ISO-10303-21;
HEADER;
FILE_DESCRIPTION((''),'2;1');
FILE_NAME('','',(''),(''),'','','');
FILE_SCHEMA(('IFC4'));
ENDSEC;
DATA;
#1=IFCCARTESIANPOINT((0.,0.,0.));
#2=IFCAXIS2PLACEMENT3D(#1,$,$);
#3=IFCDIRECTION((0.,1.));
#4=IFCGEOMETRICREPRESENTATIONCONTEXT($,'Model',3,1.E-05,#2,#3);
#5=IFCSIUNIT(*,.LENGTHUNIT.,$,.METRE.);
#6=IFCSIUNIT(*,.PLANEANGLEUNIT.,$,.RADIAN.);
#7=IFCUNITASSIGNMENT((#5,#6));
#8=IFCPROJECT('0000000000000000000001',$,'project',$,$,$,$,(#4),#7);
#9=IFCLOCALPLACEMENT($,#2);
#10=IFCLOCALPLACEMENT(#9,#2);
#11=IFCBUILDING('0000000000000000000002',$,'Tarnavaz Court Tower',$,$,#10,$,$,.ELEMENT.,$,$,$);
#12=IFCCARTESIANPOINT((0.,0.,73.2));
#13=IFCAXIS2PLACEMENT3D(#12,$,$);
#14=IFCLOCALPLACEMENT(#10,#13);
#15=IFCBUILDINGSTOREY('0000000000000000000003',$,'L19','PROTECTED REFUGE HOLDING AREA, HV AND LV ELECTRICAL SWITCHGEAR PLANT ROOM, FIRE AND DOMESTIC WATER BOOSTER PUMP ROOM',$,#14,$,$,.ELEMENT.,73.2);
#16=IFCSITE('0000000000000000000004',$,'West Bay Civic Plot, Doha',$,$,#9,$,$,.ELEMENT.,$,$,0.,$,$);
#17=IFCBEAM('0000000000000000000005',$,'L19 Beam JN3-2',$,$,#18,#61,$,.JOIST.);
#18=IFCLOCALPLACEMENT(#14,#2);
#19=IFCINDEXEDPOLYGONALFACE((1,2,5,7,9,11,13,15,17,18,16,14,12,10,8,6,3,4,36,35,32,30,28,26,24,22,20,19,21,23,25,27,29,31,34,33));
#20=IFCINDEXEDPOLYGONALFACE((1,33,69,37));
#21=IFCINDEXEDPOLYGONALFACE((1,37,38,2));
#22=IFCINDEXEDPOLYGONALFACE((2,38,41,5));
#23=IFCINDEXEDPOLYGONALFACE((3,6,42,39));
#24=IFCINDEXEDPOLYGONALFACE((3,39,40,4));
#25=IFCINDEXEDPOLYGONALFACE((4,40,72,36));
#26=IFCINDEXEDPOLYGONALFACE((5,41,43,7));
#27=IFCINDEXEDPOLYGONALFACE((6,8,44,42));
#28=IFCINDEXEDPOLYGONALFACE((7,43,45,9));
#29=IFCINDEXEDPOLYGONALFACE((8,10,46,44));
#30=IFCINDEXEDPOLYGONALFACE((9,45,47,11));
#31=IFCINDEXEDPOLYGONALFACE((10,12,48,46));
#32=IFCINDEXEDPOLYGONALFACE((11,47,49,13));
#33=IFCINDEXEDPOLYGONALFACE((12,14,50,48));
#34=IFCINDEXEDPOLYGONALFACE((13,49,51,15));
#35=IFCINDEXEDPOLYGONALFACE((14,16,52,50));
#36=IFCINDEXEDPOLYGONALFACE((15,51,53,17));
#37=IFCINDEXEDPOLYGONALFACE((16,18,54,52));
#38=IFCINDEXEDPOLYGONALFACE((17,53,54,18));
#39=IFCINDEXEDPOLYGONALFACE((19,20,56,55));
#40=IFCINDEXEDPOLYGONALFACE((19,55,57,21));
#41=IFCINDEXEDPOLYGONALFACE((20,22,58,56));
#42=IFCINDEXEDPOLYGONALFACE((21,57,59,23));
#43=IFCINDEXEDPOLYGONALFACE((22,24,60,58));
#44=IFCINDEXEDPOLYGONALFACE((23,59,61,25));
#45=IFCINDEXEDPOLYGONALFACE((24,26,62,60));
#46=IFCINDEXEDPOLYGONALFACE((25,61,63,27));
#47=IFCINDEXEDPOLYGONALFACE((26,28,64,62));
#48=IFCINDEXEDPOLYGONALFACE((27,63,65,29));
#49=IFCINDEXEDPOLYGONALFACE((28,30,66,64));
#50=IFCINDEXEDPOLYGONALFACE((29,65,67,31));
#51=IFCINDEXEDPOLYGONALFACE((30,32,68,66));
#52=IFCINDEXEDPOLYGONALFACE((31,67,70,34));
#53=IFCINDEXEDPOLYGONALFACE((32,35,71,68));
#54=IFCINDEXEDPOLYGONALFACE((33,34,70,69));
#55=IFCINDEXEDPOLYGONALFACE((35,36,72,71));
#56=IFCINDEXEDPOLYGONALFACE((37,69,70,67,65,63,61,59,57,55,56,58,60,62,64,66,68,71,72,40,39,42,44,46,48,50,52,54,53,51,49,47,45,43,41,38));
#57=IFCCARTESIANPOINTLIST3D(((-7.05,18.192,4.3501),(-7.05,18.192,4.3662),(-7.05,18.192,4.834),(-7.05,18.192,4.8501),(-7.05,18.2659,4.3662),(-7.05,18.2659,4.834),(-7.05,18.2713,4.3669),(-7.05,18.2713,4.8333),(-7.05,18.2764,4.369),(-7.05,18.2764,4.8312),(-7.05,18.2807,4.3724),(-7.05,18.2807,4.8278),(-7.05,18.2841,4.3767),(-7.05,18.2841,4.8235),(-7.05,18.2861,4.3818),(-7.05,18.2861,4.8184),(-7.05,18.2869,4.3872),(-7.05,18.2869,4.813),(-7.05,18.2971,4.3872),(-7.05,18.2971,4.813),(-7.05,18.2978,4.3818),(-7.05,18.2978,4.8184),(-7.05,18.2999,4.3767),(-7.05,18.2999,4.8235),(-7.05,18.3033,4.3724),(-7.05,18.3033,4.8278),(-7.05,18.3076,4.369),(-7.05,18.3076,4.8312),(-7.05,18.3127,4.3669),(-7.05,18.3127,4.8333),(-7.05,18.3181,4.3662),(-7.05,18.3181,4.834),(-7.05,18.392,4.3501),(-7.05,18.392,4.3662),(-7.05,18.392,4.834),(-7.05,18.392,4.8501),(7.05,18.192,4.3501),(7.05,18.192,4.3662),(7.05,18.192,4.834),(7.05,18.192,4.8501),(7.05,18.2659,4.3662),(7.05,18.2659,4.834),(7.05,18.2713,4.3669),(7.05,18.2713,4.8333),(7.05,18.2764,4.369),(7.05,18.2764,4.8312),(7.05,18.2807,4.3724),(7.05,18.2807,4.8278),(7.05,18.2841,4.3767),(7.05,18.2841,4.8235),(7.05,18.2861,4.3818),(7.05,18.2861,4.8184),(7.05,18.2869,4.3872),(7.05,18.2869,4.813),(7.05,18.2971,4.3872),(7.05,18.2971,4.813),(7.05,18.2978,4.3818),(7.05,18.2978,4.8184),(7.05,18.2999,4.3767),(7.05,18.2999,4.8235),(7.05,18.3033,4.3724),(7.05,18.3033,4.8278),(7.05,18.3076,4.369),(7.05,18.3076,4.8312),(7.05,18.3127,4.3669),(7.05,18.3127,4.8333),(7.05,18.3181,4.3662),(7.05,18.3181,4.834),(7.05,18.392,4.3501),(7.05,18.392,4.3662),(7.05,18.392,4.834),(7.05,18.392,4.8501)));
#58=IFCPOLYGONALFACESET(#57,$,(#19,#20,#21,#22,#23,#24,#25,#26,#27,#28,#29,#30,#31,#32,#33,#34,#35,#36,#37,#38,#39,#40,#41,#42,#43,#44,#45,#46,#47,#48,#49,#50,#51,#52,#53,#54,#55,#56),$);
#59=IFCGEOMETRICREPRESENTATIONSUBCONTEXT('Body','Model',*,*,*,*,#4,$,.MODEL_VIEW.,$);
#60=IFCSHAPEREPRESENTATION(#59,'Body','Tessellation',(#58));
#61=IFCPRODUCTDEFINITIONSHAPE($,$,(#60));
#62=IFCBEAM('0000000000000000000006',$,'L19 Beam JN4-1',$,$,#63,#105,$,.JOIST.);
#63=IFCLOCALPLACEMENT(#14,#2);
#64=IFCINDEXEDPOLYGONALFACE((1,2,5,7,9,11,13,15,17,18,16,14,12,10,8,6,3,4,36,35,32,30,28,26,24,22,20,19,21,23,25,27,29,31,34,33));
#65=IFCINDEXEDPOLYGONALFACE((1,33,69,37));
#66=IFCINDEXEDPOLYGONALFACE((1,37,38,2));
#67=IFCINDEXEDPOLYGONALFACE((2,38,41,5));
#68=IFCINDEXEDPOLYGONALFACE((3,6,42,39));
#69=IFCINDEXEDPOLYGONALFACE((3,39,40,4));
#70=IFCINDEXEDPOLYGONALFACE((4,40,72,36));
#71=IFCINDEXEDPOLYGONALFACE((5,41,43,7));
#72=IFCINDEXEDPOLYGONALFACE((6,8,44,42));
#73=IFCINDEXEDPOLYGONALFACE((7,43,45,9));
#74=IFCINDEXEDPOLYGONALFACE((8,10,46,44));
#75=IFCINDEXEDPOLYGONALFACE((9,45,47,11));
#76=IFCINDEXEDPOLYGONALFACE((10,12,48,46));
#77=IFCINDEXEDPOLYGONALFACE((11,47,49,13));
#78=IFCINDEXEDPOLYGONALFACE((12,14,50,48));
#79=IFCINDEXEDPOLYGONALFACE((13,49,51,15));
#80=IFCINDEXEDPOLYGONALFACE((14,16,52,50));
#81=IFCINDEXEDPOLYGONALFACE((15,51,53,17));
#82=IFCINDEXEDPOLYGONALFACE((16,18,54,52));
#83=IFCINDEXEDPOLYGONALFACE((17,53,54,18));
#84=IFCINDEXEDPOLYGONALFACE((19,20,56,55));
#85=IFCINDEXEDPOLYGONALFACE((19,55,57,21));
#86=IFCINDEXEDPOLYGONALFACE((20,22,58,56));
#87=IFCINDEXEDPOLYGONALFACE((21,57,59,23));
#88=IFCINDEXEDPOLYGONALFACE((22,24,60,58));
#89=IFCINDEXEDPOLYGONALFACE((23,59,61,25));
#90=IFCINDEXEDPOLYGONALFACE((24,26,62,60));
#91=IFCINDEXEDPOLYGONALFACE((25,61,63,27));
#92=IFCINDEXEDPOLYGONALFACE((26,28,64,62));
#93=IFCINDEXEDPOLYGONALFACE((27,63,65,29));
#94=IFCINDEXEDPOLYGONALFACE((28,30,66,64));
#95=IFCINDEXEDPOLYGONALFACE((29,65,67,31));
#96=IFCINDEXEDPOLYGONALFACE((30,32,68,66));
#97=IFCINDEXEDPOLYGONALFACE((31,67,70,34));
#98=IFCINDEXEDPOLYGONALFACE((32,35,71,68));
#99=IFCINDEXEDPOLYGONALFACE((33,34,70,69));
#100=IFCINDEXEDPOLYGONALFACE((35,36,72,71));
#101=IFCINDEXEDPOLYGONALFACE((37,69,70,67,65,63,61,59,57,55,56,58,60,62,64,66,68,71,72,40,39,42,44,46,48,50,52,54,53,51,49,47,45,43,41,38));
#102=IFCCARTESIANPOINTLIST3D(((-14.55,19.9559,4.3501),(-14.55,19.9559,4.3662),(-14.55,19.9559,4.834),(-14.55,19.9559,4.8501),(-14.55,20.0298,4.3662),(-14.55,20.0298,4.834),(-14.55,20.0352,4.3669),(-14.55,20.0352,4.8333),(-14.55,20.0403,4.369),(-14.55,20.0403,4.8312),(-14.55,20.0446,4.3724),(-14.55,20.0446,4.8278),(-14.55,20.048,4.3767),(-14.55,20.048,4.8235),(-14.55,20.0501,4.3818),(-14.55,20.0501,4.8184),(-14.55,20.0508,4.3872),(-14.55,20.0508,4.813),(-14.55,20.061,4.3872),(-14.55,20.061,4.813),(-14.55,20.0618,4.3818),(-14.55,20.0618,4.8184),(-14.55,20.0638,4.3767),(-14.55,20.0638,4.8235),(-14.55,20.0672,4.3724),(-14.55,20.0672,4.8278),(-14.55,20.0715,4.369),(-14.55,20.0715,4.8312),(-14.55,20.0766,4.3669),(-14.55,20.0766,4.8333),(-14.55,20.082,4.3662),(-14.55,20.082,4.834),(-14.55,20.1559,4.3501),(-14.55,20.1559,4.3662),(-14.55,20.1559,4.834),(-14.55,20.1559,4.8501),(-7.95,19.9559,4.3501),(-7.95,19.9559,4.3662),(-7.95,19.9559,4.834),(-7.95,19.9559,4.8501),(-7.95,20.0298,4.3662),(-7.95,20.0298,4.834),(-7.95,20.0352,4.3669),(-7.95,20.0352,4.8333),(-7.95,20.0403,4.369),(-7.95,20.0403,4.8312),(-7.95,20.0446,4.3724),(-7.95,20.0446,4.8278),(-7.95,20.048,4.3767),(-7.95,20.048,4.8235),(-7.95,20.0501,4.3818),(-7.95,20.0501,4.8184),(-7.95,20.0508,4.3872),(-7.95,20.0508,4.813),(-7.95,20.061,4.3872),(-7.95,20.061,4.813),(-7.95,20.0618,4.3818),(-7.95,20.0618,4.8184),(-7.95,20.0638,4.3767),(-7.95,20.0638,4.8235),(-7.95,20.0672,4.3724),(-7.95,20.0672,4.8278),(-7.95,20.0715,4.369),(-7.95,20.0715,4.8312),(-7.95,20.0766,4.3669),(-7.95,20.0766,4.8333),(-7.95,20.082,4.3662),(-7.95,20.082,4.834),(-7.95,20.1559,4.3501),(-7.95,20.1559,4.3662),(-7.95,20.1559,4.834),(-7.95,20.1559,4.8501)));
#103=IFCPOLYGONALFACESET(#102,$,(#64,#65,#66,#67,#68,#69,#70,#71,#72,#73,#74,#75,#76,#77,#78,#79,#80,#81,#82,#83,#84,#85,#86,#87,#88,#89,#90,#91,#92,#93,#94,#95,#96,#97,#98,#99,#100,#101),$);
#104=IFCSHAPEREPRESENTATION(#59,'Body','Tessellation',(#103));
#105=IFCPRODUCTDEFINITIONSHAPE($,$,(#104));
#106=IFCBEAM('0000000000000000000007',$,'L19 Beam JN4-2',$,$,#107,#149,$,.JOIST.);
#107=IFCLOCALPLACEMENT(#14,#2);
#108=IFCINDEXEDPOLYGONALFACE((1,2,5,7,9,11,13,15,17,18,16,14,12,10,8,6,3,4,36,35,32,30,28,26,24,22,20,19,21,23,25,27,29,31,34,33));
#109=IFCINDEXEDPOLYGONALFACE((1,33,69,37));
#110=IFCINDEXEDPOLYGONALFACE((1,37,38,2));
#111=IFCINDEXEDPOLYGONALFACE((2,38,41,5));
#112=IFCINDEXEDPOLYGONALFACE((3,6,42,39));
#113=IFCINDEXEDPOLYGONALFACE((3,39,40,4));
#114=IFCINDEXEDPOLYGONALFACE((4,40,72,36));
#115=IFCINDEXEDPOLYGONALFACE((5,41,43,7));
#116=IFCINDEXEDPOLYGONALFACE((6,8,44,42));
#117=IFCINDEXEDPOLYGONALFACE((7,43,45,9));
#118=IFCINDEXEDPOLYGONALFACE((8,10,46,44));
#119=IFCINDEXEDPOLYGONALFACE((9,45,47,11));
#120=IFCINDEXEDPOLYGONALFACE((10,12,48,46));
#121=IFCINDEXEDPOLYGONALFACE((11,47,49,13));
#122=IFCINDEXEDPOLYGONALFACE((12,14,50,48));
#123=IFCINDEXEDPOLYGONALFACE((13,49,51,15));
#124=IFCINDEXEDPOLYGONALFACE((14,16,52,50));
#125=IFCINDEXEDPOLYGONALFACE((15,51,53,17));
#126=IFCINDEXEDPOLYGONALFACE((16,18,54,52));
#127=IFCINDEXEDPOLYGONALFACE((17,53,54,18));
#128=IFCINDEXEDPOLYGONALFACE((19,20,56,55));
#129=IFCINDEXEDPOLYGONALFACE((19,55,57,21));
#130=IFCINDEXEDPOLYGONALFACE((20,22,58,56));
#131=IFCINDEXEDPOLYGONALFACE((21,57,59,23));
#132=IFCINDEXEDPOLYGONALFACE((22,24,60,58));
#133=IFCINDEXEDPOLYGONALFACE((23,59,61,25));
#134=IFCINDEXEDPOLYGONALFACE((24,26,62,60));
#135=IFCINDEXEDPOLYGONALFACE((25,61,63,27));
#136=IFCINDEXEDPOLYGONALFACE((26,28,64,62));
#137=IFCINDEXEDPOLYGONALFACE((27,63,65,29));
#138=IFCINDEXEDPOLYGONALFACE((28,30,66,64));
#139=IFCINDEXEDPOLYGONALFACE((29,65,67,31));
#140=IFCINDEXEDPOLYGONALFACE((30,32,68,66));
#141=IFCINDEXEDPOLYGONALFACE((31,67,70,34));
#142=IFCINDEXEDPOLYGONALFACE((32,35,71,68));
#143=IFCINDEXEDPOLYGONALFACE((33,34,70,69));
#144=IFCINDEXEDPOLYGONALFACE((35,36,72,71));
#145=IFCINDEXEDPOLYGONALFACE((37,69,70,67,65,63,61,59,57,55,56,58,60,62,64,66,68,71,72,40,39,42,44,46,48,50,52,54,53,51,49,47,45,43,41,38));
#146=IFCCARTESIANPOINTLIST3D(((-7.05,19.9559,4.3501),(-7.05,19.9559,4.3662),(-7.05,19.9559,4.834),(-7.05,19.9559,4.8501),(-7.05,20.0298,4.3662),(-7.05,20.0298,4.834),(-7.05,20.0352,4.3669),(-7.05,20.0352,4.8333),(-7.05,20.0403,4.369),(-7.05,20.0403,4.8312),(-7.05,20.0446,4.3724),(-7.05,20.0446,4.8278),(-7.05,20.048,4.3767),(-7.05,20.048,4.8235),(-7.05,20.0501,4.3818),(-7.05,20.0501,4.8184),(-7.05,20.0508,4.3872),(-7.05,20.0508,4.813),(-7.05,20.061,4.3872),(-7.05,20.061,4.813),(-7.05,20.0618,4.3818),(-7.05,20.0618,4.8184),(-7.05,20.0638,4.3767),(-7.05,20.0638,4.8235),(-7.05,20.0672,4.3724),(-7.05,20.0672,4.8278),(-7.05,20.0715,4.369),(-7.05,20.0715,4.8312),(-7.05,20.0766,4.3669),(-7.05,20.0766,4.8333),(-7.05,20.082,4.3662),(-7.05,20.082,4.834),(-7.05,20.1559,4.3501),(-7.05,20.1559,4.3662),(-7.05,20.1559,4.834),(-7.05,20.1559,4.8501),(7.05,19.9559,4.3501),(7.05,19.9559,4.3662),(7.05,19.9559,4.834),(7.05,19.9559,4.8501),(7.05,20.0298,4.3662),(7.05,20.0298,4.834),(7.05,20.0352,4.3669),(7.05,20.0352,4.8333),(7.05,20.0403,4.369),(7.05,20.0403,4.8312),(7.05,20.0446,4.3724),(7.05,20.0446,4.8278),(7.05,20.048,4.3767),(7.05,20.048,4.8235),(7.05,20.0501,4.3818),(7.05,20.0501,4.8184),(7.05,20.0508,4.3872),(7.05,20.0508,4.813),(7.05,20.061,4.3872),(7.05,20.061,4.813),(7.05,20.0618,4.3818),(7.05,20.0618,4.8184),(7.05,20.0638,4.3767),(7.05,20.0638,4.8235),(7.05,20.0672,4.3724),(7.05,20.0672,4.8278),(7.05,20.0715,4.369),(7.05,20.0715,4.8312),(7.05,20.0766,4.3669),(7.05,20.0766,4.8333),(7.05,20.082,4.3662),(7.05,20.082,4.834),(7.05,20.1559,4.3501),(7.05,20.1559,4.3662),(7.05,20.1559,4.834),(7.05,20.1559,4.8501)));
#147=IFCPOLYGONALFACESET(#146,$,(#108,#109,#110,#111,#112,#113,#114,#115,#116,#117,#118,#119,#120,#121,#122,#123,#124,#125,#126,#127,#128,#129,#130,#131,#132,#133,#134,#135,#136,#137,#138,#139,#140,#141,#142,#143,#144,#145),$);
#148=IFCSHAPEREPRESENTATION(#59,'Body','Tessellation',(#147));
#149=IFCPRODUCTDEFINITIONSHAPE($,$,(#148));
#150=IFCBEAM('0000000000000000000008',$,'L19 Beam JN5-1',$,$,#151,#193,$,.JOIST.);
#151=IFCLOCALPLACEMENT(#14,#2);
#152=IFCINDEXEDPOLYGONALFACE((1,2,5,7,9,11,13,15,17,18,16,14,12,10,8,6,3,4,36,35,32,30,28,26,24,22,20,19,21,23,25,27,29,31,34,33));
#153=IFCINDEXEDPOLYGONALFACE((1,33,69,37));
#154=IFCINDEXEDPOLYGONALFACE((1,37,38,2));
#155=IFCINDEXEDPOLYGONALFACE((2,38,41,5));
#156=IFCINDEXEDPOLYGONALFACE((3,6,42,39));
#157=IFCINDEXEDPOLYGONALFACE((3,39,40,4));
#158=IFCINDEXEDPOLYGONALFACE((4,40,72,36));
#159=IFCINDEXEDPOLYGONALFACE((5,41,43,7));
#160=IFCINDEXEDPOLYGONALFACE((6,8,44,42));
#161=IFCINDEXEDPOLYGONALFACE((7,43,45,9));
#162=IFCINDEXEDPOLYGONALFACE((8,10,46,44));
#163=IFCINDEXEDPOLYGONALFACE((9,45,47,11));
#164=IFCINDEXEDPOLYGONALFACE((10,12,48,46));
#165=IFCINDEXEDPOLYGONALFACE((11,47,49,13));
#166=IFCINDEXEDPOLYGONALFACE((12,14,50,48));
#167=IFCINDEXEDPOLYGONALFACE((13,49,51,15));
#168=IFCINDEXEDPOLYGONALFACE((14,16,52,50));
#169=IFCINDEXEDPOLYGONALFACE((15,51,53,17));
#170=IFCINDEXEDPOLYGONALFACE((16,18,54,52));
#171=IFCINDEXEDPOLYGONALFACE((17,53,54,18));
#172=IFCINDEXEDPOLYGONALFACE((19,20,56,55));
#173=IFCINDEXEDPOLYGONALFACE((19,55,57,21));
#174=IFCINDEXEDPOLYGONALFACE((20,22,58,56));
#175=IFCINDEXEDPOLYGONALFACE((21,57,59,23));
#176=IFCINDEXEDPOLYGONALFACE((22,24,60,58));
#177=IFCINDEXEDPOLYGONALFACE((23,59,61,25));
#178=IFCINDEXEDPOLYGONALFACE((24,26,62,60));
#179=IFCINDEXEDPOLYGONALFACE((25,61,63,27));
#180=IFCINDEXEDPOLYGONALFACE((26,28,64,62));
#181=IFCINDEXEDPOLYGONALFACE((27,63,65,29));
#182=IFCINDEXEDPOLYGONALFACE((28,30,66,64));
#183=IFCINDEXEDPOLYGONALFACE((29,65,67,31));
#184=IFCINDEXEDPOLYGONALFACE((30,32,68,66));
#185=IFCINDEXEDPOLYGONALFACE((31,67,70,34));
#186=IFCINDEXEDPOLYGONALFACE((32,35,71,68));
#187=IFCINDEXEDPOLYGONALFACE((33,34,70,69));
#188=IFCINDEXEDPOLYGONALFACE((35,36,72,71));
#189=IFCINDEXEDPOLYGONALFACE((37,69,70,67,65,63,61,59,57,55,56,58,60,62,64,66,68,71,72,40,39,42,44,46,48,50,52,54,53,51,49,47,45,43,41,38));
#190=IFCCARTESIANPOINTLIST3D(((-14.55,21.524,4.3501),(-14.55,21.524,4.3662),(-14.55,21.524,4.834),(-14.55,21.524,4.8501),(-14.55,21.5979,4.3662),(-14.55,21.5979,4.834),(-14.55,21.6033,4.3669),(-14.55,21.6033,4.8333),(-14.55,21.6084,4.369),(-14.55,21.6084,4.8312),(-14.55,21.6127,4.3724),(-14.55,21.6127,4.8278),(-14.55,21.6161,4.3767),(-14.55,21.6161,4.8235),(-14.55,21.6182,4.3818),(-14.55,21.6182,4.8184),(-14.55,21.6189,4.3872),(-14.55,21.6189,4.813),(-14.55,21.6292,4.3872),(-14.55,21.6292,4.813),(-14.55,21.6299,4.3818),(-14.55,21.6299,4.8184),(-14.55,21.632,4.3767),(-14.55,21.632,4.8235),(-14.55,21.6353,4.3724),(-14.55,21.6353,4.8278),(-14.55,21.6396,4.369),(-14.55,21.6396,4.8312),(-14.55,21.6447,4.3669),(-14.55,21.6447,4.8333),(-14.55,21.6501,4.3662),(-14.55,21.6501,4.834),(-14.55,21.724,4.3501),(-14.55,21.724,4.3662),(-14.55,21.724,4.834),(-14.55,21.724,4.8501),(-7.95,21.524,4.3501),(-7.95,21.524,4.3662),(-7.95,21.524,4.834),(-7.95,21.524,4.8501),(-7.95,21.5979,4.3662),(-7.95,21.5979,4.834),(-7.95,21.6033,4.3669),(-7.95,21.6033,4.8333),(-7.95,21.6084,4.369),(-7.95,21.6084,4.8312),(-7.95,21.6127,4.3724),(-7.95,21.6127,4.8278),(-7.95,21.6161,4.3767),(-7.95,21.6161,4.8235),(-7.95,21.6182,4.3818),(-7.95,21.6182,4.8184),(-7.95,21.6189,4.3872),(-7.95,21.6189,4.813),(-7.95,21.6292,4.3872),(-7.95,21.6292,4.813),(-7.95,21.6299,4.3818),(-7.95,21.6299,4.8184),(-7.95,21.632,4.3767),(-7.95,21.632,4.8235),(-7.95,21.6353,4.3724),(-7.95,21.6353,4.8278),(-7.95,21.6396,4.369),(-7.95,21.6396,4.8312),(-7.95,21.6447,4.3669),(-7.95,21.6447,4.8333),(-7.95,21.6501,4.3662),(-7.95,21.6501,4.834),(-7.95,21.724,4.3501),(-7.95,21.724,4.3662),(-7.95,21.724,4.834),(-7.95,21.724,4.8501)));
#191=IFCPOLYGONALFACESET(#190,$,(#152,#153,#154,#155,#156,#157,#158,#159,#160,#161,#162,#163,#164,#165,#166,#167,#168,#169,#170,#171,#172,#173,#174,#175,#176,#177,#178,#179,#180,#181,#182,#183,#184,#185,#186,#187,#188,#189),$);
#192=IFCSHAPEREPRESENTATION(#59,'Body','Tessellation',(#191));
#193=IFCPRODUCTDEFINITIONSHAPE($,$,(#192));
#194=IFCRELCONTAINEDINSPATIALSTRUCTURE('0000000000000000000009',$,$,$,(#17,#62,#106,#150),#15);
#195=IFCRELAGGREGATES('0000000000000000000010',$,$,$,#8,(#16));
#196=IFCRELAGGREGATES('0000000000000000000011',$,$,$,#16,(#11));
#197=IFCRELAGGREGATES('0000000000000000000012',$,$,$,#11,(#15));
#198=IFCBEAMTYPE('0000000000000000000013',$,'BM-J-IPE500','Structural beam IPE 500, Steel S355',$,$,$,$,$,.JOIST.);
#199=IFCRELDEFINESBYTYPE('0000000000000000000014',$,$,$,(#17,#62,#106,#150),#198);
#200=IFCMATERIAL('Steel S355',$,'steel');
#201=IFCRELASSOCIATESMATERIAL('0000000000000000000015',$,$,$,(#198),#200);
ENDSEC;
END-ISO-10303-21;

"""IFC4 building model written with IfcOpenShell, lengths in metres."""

from ifc_helpers import new_model, si_unit, direction, frame, origin, origin_2d, place, context, subcontext, project, spatial, i_section, extrude, material, material_profile, profile_set, type_object, element, save


model = new_model("IFC4")

# Units and contexts
model_context = context("Model", 3, precision=1e-05, world=origin(), true_north=direction((0.0, 1.0)))
body_context = subcontext(model_context, "Body", "Model", "MODEL_VIEW")
ifc_project = project(units=[si_unit("LENGTHUNIT", "METRE"), si_unit("PLANEANGLEUNIT", "RADIAN")], contexts=[model_context])

# Site, building, storey
site_placement = place(None, origin())
site = spatial("IfcSite", under=ifc_project, at=site_placement, Name="West Bay Civic Plot, Doha", CompositionType="ELEMENT", RefElevation=0.0)
building_placement = place(site_placement, origin())
building = spatial("IfcBuilding", under=site, at=building_placement, Name="Tarnavaz Court Tower", CompositionType="ELEMENT")
storey_placement = place(building_placement, frame((0.0, 0.0, 73.2)))
storey = spatial("IfcBuildingStorey", under=building, at=storey_placement, Name="L19", Description="PROTECTED REFUGE HOLDING AREA, HV AND LV ELECTRICAL SWITCHGEAR PLANT ROOM, FIRE AND DOMESTIC WATER BOOSTER PUMP ROOM", CompositionType="ELEMENT", Elevation=73.2)

# Beams
ifc_material_1 = material(Name="Steel S355", Category="steel")
ifc_material_profile_1 = material_profile(ifc_material_1, i_section(OverallWidth=0.2, OverallDepth=0.5, WebThickness=0.0103, FlangeThickness=0.0161, FilletRadius=0.021, at=origin_2d()), Name="IPE 500")
ifc_profile_set_1 = profile_set([ifc_material_profile_1], Name="Steel S355")
beam_type_1 = type_object("IfcBeamType", Name="BM-J-IPE500", Description="Structural beam IPE 500, Steel S355", PredefinedType="JOIST", material=ifc_profile_set_1)
beam_1_placement = place(storey_placement, frame((-7.05, 18.292, 4.6001), z_axis=(1.0, 0.0, 0.0), x_axis=(0.0, 1.0, 0.0)))
element("IfcBeam", 1, at=beam_1_placement, inside=storey, type_object=beam_type_1, Name="L19 Beam JN3-2", PredefinedType="JOIST", context=body_context, shape_type="SweptSolid", body=[
    extrude(i_section(OverallWidth=0.2, OverallDepth=0.5, WebThickness=0.0103, FlangeThickness=0.0161, FilletRadius=0.021, at=origin_2d()), origin(), (0.0, 0.0, 1.0), 14.1001),
])
beam_2_placement = place(storey_placement, frame((-14.55, 20.0559, 4.6001), z_axis=(1.0, 0.0, 0.0), x_axis=(0.0, 1.0, 0.0)))
element("IfcBeam", 2, at=beam_2_placement, inside=storey, type_object=beam_type_1, Name="L19 Beam JN4-1", PredefinedType="JOIST", context=body_context, shape_type="SweptSolid", body=[
    extrude(i_section(OverallWidth=0.2, OverallDepth=0.5, WebThickness=0.0103, FlangeThickness=0.0161, FilletRadius=0.021, at=origin_2d()), origin(), (0.0, 0.0, 1.0), 6.6001),
])
beam_3_placement = place(storey_placement, frame((-7.05, 20.0559, 4.6001), z_axis=(1.0, 0.0, 0.0), x_axis=(0.0, 1.0, 0.0)))
element("IfcBeam", 3, at=beam_3_placement, inside=storey, type_object=beam_type_1, Name="L19 Beam JN4-2", PredefinedType="JOIST", context=body_context, shape_type="SweptSolid", body=[
    extrude(i_section(OverallWidth=0.2, OverallDepth=0.5, WebThickness=0.0103, FlangeThickness=0.0161, FilletRadius=0.021, at=origin_2d()), origin(), (0.0, 0.0, 1.0), 14.1001),
])
beam_4_placement = place(storey_placement, frame((-14.55, 21.624, 4.6001), z_axis=(1.0, 0.0, 0.0), x_axis=(0.0, 1.0, 0.0)))
element("IfcBeam", 4, at=beam_4_placement, inside=storey, type_object=beam_type_1, Name="L19 Beam JN5-1", PredefinedType="JOIST", context=body_context, shape_type="SweptSolid", body=[
    extrude(i_section(OverallWidth=0.2, OverallDepth=0.5, WebThickness=0.0103, FlangeThickness=0.0161, FilletRadius=0.021, at=origin_2d()), origin(), (0.0, 0.0, 1.0), 6.6001),
])

save(model, "model.ifc")
